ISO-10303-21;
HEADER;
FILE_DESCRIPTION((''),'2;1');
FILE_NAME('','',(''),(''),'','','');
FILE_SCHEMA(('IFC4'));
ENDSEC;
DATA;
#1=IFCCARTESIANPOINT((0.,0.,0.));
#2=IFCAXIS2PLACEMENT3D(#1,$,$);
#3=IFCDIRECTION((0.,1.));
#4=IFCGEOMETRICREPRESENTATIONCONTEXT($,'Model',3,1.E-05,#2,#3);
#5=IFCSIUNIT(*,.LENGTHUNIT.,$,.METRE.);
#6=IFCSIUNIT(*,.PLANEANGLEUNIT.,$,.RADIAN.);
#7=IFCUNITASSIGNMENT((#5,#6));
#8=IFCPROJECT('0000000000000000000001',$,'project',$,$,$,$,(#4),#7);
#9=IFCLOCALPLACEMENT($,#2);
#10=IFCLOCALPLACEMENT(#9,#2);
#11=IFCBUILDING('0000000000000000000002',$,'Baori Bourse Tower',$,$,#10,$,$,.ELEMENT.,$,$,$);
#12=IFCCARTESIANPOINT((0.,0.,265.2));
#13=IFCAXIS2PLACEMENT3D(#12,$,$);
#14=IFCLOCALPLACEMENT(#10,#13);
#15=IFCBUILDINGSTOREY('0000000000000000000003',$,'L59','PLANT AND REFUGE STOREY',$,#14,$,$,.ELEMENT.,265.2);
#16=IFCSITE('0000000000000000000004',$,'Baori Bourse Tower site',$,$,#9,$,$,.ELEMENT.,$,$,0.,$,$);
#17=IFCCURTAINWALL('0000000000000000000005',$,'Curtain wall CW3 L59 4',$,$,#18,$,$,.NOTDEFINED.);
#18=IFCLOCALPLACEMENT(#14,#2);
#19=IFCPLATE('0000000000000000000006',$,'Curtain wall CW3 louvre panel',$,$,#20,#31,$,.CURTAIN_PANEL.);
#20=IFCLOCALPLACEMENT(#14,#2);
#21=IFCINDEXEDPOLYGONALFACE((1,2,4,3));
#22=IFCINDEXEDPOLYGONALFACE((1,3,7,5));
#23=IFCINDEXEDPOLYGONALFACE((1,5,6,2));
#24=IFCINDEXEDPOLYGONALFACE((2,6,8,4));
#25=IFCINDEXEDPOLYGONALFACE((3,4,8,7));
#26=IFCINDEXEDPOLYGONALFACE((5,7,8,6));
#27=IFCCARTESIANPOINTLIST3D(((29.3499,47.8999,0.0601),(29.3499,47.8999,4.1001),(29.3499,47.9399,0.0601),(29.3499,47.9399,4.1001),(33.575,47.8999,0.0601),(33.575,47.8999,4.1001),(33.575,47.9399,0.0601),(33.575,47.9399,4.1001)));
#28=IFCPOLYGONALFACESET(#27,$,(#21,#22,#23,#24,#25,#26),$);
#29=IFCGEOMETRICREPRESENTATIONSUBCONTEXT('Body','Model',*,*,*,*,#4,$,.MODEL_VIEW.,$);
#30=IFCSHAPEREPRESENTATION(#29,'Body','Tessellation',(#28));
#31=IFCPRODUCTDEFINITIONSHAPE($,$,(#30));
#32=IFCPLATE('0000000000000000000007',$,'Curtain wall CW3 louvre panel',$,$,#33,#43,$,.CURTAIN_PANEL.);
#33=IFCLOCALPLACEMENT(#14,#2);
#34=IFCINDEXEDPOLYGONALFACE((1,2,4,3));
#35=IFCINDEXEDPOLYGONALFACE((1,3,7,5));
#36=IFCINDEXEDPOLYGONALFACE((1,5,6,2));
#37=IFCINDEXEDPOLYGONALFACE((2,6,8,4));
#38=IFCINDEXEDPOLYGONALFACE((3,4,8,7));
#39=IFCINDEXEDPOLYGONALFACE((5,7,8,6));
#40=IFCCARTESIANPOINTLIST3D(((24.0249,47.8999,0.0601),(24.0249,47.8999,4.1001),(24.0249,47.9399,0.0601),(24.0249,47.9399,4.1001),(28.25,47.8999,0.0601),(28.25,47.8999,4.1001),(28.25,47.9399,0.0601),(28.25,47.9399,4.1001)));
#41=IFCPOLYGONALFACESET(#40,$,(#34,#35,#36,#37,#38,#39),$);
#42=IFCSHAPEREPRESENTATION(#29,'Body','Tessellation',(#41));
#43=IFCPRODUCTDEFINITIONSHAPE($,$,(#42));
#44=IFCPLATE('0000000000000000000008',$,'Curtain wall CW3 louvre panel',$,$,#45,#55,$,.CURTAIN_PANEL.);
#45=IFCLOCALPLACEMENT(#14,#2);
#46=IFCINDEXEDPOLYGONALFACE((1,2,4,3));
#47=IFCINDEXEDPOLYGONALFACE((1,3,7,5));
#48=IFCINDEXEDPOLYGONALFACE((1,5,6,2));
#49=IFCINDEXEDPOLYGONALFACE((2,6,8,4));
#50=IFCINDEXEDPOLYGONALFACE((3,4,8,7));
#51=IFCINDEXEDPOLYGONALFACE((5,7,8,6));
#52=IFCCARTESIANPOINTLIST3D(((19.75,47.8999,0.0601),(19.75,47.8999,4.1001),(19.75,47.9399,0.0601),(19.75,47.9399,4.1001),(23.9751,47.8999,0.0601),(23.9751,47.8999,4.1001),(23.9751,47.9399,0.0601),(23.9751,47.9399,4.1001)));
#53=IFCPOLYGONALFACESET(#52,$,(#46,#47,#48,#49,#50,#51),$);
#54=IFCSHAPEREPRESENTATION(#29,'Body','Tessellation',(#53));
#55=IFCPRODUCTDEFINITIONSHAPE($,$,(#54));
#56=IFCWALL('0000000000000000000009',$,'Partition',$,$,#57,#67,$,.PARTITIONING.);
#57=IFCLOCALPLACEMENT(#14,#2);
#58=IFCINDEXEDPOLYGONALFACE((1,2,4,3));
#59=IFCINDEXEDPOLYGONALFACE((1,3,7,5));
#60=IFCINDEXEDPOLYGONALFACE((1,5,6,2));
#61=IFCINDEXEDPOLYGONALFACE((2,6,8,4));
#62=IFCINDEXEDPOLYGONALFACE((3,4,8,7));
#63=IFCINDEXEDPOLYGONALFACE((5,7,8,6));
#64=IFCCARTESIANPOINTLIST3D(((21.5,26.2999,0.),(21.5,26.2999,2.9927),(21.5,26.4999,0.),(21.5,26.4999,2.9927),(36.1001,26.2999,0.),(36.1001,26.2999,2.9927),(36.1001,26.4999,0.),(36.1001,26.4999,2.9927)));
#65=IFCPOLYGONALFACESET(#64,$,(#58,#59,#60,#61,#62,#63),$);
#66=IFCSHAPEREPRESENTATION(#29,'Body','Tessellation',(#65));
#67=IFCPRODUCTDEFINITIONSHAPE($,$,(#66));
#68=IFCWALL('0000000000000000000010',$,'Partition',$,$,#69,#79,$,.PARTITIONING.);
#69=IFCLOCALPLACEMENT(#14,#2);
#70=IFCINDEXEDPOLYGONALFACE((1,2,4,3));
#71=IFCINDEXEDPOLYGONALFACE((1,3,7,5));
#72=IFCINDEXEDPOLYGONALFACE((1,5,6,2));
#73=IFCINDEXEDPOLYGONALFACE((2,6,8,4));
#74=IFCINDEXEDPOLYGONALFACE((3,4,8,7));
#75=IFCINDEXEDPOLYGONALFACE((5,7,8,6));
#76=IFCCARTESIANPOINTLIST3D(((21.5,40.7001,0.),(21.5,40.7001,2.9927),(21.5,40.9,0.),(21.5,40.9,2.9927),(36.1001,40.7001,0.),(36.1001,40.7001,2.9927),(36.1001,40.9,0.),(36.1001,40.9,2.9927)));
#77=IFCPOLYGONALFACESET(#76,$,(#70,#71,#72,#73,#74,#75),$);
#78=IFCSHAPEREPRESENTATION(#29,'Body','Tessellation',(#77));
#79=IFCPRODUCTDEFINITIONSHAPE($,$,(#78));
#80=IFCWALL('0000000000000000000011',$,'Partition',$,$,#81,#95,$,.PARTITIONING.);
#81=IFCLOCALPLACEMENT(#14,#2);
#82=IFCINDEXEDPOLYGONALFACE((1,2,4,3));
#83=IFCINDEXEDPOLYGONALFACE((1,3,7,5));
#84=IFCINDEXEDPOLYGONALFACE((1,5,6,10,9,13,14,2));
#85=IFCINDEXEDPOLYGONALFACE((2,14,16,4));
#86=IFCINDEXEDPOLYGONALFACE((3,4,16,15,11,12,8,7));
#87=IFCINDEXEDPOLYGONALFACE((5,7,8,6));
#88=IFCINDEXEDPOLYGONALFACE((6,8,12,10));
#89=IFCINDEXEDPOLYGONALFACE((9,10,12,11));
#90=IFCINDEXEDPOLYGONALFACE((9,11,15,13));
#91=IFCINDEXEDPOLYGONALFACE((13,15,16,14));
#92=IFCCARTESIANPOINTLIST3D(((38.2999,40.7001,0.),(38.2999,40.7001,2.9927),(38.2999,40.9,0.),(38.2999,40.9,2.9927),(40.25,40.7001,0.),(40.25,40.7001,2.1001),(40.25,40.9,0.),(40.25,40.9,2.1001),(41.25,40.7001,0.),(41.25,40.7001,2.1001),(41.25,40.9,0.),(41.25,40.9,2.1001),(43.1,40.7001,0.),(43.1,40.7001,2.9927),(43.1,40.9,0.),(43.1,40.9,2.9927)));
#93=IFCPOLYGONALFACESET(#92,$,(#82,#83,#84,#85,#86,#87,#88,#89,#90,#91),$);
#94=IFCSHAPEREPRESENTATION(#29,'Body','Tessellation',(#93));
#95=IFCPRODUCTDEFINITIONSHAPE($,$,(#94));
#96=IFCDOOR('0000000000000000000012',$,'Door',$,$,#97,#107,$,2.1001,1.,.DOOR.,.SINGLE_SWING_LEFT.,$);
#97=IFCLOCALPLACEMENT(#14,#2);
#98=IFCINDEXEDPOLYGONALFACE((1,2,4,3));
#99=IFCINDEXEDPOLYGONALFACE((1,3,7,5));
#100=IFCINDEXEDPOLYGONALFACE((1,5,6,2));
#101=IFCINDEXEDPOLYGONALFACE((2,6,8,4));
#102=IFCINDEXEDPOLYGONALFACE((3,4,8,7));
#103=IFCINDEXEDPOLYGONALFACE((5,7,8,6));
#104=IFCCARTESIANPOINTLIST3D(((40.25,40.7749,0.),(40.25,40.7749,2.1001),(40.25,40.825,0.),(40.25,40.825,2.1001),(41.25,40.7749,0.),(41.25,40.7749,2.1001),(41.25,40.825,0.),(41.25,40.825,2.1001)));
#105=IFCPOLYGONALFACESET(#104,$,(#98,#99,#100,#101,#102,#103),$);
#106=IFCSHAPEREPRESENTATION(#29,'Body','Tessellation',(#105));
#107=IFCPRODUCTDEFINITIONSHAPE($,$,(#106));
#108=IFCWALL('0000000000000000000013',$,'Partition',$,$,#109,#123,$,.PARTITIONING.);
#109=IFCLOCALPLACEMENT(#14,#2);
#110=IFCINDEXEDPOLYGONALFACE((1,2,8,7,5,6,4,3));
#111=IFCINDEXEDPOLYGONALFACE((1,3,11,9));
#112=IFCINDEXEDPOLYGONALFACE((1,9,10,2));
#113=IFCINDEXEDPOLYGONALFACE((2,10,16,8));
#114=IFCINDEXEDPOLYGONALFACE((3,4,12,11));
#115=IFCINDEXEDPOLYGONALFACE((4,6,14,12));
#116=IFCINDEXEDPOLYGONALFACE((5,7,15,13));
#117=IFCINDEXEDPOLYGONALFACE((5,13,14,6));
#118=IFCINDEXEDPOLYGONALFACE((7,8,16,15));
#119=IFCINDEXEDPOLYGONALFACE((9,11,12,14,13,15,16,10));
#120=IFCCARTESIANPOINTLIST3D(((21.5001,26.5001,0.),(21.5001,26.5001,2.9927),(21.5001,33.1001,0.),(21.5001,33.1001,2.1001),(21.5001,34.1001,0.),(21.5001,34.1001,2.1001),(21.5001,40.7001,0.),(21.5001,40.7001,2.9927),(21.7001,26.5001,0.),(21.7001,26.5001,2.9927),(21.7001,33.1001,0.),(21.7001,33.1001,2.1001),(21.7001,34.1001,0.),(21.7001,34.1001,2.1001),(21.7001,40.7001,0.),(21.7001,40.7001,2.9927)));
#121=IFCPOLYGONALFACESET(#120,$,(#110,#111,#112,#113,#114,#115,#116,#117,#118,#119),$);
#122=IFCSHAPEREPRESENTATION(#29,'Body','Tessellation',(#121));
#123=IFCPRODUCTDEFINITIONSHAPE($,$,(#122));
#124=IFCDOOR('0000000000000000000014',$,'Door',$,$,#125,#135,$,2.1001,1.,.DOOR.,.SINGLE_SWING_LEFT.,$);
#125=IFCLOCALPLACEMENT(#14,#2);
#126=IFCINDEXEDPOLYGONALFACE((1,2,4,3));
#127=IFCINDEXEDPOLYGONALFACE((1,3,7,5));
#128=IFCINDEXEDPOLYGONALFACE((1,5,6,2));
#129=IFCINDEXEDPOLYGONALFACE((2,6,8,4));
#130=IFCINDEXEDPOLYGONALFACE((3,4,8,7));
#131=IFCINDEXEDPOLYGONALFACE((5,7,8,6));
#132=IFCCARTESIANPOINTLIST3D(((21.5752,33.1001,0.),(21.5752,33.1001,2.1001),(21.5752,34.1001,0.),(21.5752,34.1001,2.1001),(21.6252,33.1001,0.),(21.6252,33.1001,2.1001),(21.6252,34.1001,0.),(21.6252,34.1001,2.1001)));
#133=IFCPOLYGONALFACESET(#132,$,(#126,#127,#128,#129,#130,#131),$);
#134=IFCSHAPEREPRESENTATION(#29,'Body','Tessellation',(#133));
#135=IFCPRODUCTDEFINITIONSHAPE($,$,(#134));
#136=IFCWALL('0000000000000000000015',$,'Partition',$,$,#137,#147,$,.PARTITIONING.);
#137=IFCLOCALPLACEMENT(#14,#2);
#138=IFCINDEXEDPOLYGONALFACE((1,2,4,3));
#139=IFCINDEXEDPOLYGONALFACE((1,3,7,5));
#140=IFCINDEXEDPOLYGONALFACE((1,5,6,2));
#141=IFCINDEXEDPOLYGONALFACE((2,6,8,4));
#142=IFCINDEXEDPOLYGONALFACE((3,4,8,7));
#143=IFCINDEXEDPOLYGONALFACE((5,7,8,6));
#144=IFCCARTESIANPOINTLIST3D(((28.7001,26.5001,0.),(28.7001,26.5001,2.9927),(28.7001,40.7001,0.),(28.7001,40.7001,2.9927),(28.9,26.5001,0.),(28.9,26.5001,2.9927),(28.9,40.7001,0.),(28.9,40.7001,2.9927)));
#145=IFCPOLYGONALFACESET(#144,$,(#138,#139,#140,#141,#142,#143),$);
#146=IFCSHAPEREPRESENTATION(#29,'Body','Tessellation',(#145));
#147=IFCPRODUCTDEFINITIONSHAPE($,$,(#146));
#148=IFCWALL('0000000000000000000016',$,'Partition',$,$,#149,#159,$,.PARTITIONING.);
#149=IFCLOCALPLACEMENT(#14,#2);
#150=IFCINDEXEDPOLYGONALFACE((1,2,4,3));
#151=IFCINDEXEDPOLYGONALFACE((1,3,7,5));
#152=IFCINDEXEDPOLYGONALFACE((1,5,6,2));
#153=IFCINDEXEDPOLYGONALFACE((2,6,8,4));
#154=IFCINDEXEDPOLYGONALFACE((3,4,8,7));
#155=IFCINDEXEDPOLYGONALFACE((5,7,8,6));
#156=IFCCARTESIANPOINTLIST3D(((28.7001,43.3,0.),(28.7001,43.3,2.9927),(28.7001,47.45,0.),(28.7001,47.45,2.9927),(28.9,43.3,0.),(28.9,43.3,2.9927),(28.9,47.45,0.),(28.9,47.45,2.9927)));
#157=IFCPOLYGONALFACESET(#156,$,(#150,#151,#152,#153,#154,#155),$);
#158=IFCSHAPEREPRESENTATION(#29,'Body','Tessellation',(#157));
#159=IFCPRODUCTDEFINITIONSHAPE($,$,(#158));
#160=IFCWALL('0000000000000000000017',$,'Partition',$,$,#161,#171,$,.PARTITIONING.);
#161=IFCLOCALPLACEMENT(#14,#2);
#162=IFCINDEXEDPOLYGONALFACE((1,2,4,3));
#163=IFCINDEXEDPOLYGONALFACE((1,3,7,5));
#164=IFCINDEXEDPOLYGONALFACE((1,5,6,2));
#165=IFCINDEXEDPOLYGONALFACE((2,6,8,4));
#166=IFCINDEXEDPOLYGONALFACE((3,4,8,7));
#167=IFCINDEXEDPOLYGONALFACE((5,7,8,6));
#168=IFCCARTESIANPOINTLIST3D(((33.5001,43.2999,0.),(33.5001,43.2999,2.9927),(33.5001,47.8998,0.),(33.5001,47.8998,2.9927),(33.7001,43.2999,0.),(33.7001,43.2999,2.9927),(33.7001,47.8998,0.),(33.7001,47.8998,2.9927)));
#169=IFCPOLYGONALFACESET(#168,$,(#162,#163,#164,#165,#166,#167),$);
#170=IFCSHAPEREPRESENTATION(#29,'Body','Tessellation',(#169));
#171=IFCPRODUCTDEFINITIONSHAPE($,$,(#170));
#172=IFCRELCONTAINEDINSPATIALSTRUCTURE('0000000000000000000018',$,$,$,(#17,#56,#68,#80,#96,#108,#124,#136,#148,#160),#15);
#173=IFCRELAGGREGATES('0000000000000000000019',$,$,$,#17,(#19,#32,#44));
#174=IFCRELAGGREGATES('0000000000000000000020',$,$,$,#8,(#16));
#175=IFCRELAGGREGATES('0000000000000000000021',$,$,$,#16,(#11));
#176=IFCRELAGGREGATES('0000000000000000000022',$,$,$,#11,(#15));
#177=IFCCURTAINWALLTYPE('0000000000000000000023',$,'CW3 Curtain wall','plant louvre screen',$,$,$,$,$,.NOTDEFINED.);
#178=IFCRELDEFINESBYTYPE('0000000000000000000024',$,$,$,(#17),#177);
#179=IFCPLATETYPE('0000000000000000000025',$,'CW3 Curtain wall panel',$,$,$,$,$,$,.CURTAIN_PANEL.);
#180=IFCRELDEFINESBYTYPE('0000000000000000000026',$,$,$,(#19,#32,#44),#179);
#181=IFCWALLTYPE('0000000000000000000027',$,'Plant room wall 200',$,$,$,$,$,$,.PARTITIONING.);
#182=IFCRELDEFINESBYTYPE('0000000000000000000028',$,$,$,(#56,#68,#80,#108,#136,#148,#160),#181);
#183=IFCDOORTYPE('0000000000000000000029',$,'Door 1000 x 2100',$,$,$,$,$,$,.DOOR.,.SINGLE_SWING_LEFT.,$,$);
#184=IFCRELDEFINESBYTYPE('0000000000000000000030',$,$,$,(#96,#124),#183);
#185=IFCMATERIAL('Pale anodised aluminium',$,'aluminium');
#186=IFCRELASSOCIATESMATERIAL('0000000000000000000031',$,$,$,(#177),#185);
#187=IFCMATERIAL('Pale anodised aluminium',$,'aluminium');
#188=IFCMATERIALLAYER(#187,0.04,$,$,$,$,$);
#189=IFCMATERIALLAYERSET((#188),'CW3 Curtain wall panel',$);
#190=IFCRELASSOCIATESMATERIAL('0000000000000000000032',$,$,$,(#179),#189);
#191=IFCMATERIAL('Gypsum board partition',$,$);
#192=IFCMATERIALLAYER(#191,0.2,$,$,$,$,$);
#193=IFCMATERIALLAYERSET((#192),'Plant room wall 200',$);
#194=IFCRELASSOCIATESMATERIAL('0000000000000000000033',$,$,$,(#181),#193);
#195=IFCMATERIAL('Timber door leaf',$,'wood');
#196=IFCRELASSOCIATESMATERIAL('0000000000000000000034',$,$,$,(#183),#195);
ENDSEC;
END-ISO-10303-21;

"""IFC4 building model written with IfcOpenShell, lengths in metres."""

from ifc_helpers import new_model, si_unit, direction, frame, frame_2d, origin, origin_2d, place, context, subcontext, project, spatial, rectangle, extrude, material, layer, layer_set, type_object, element, fill, aggregate, save


model = new_model("IFC4")

# Units and contexts
model_context = context("Model", 3, precision=1e-05, world=origin(), true_north=direction((0.0, 1.0)))
body_context = subcontext(model_context, "Body", "Model", "MODEL_VIEW")
ifc_project = project(units=[si_unit("LENGTHUNIT", "METRE"), si_unit("PLANEANGLEUNIT", "RADIAN")], contexts=[model_context])

# Site, building, storey
site_placement = place(None, origin())
site = spatial("IfcSite", under=ifc_project, at=site_placement, Name="Baori Bourse Tower site", CompositionType="ELEMENT", RefElevation=0.0)
building_placement = place(site_placement, origin())
building = spatial("IfcBuilding", under=site, at=building_placement, Name="Baori Bourse Tower", CompositionType="ELEMENT")
storey_placement = place(building_placement, frame((0.0, 0.0, 265.2)))
storey = spatial("IfcBuildingStorey", under=building, at=storey_placement, Name="L59", Description="PLANT AND REFUGE STOREY", CompositionType="ELEMENT", Elevation=265.2)

# Shared definitions
ifc_material_1 = material(Name="Pale anodised aluminium", Category="aluminium")
curtain_wall_type = type_object("IfcCurtainWallType", Name="CW3 Curtain wall", Description="plant louvre screen", PredefinedType="NOTDEFINED", material=ifc_material_1)

# Curtain wall
curtain_wall_1_placement = place(storey_placement, origin())
curtain_wall_1 = element("IfcCurtainWall", 1, at=curtain_wall_1_placement, inside=storey, type_object=curtain_wall_type, Name="Curtain wall CW3 L59 4", PredefinedType="NOTDEFINED")

# Plates
ifc_material_2 = material(Name="Pale anodised aluminium", Category="aluminium")
ifc_layer_1 = layer(ifc_material_2, 0.04)
ifc_layer_set_1 = layer_set([ifc_layer_1], Name="CW3 Curtain wall panel")
plate_type = type_object("IfcPlateType", Name="CW3 Curtain wall panel", PredefinedType="CURTAIN_PANEL", material=ifc_layer_set_1)
plate_1_placement = place(storey_placement, frame((31.4624, 47.9199, 0.0601), z_axis=(0.0, 0.0, 1.0), x_axis=(-1.0, 0.0, 0.0)))
plate_1 = element("IfcPlate", 2, at=plate_1_placement, type_object=plate_type, Name="Curtain wall CW3 louvre panel", PredefinedType="CURTAIN_PANEL", context=body_context, shape_type="SweptSolid", body=[
    extrude(rectangle(XDim=4.2251, YDim=0.04, at=origin_2d()), origin(), (0.0, 0.0, 1.0), 4.04),
])
plate_2_placement = place(storey_placement, frame((26.1375, 47.9199, 0.0601), z_axis=(0.0, 0.0, 1.0), x_axis=(-1.0, 0.0, 0.0)))
plate_2 = element("IfcPlate", 3, at=plate_2_placement, type_object=plate_type, Name="Curtain wall CW3 louvre panel", PredefinedType="CURTAIN_PANEL", context=body_context, shape_type="SweptSolid", body=[
    extrude(rectangle(XDim=4.2251, YDim=0.04, at=origin_2d()), origin(), (0.0, 0.0, 1.0), 4.04),
])
plate_3_placement = place(storey_placement, frame((21.8625, 47.9199, 0.0601), z_axis=(0.0, 0.0, 1.0), x_axis=(-1.0, 0.0, 0.0)))
plate_3 = element("IfcPlate", 4, at=plate_3_placement, type_object=plate_type, Name="Curtain wall CW3 louvre panel", PredefinedType="CURTAIN_PANEL", context=body_context, shape_type="SweptSolid", body=[
    extrude(rectangle(XDim=4.2251, YDim=0.04, at=origin_2d()), origin(), (0.0, 0.0, 1.0), 4.04),
])
aggregate(curtain_wall_1, [plate_1, plate_2, plate_3])

# Walls
ifc_material_3 = material(Name="Gypsum board partition")
ifc_layer_2 = layer(ifc_material_3, 0.2)
ifc_layer_set_2 = layer_set([ifc_layer_2], Name="Plant room wall 200")
wall_type = type_object("IfcWallType", Name="Plant room wall 200", PredefinedType="PARTITIONING", material=ifc_layer_set_2)
for number, where, z_axis, x_axis, name in (
    (5, (21.5, 26.3999, 0.0), (0.0, 0.0, 1.0), (1.0, 0.0, 0.0), "Partition"),
    (6, (21.5, 40.8, 0.0), (0.0, 0.0, 1.0), (1.0, 0.0, 0.0), "Partition"),
):
    element("IfcWall", number, at=place(storey_placement, frame(where, z_axis=z_axis, x_axis=x_axis)), inside=storey, type_object=wall_type, Name=name, PredefinedType="PARTITIONING", context=body_context, shape_type="SweptSolid", body=[
        extrude(rectangle(XDim=14.6001, YDim=0.2, at=frame_2d((7.3, 0.0))), origin(), (0.0, 0.0, 1.0), 2.9927),
    ])

# Walls, openings, doors
wall_1_placement = place(storey_placement, frame((38.3, 40.8, 0.0), z_axis=(0.0, 0.0, 1.0), x_axis=(1.0, 0.0, 0.0)))
wall_1 = element("IfcWall", 7, at=wall_1_placement, inside=storey, type_object=wall_type, Name="Partition", PredefinedType="PARTITIONING", context=body_context, shape_type="SweptSolid", body=[
    extrude(rectangle(XDim=4.8, YDim=0.2, at=frame_2d((2.3999, 0.0))), origin(), (0.0, 0.0, 1.0), 2.9927),
])
opening_1_placement = place(wall_1_placement, frame((1.95, 0.0, 0.0)))
opening_1 = element("IfcOpeningElement", 8, at=opening_1_placement, cuts=wall_1, PredefinedType="OPENING", context=body_context, shape_type="SweptSolid", body=[
    extrude(rectangle(XDim=1.0, YDim=2.1001, at=frame_2d((0.5, 1.05))), frame((0.0, 0.1099, 0.0), z_axis=(0.0, -1.0, 0.0), x_axis=(1.0, 0.0, 0.0)), (0.0, 0.0, 1.0), 0.22),
])
ifc_material_4 = material(Name="Timber door leaf", Category="wood")
door_type = type_object("IfcDoorType", Name="Door 1000 x 2100", OperationType="SINGLE_SWING_LEFT", PredefinedType="DOOR", material=ifc_material_4)
door_1_placement = place(opening_1_placement, origin())
door_1 = element("IfcDoor", 9, at=door_1_placement, inside=storey, type_object=door_type, Name="Door", OperationType="SINGLE_SWING_LEFT", OverallHeight=2.1001, OverallWidth=1.0, PredefinedType="DOOR", context=body_context, shape_type="SweptSolid", body=[
    extrude(rectangle(XDim=1.0, YDim=2.1001, at=frame_2d((0.5, 1.05))), frame((0.0, 0.0249, 0.0), z_axis=(0.0, -1.0, 0.0), x_axis=(1.0, 0.0, 0.0)), (0.0, 0.0, 1.0), 0.05),
])
fill(opening_1, door_1)
wall_2_placement = place(storey_placement, frame((21.6001, 26.5, 0.0), z_axis=(0.0, 0.0, 1.0), x_axis=(0.0, 1.0, 0.0)))
wall_2 = element("IfcWall", 10, at=wall_2_placement, inside=storey, type_object=wall_type, Name="Partition", PredefinedType="PARTITIONING", context=body_context, shape_type="SweptSolid", body=[
    extrude(rectangle(XDim=14.2, YDim=0.2, at=frame_2d((7.1001, 0.0))), origin(), (0.0, 0.0, 1.0), 2.9927),
])
opening_2_placement = place(wall_2_placement, frame((6.6001, 0.0, 0.0)))
opening_2 = element("IfcOpeningElement", 11, at=opening_2_placement, cuts=wall_2, PredefinedType="OPENING", context=body_context, shape_type="SweptSolid", body=[
    extrude(rectangle(XDim=1.0, YDim=2.1001, at=frame_2d((0.5, 1.05))), frame((0.0, 0.1099, 0.0), z_axis=(0.0, -1.0, 0.0), x_axis=(1.0, 0.0, 0.0)), (0.0, 0.0, 1.0), 0.22),
])
door_2_placement = place(opening_2_placement, origin())
door_2 = element("IfcDoor", 12, at=door_2_placement, inside=storey, type_object=door_type, Name="Door", OperationType="SINGLE_SWING_LEFT", OverallHeight=2.1001, OverallWidth=1.0, PredefinedType="DOOR", context=body_context, shape_type="SweptSolid", body=[
    extrude(rectangle(XDim=1.0, YDim=2.1001, at=frame_2d((0.5, 1.05))), frame((0.0, 0.0249, 0.0), z_axis=(0.0, -1.0, 0.0), x_axis=(1.0, 0.0, 0.0)), (0.0, 0.0, 1.0), 0.05),
])
fill(opening_2, door_2)

# Walls
wall_3_placement = place(storey_placement, frame((28.8, 26.5, 0.0), z_axis=(0.0, 0.0, 1.0), x_axis=(0.0, 1.0, 0.0)))
element("IfcWall", 13, at=wall_3_placement, inside=storey, type_object=wall_type, Name="Partition", PredefinedType="PARTITIONING", context=body_context, shape_type="SweptSolid", body=[
    extrude(rectangle(XDim=14.2, YDim=0.2, at=frame_2d((7.1001, 0.0))), origin(), (0.0, 0.0, 1.0), 2.9927),
])
wall_4_placement = place(storey_placement, frame((28.8, 43.3, 0.0), z_axis=(0.0, 0.0, 1.0), x_axis=(0.0, 1.0, 0.0)))
element("IfcWall", 14, at=wall_4_placement, inside=storey, type_object=wall_type, Name="Partition", PredefinedType="PARTITIONING", context=body_context, shape_type="SweptSolid", body=[
    extrude(rectangle(XDim=4.1499, YDim=0.2, at=frame_2d((2.075, 0.0))), origin(), (0.0, 0.0, 1.0), 2.9927),
])
wall_5_placement = place(storey_placement, frame((33.6001, 43.3, 0.0), z_axis=(0.0, 0.0, 1.0), x_axis=(0.0, 1.0, 0.0)))
element("IfcWall", 15, at=wall_5_placement, inside=storey, type_object=wall_type, Name="Partition", PredefinedType="PARTITIONING", context=body_context, shape_type="SweptSolid", body=[
    extrude(rectangle(XDim=4.5999, YDim=0.2, at=frame_2d((2.2998, 0.0))), origin(), (0.0, 0.0, 1.0), 2.9927),
])

save(model, "model.ifc")
